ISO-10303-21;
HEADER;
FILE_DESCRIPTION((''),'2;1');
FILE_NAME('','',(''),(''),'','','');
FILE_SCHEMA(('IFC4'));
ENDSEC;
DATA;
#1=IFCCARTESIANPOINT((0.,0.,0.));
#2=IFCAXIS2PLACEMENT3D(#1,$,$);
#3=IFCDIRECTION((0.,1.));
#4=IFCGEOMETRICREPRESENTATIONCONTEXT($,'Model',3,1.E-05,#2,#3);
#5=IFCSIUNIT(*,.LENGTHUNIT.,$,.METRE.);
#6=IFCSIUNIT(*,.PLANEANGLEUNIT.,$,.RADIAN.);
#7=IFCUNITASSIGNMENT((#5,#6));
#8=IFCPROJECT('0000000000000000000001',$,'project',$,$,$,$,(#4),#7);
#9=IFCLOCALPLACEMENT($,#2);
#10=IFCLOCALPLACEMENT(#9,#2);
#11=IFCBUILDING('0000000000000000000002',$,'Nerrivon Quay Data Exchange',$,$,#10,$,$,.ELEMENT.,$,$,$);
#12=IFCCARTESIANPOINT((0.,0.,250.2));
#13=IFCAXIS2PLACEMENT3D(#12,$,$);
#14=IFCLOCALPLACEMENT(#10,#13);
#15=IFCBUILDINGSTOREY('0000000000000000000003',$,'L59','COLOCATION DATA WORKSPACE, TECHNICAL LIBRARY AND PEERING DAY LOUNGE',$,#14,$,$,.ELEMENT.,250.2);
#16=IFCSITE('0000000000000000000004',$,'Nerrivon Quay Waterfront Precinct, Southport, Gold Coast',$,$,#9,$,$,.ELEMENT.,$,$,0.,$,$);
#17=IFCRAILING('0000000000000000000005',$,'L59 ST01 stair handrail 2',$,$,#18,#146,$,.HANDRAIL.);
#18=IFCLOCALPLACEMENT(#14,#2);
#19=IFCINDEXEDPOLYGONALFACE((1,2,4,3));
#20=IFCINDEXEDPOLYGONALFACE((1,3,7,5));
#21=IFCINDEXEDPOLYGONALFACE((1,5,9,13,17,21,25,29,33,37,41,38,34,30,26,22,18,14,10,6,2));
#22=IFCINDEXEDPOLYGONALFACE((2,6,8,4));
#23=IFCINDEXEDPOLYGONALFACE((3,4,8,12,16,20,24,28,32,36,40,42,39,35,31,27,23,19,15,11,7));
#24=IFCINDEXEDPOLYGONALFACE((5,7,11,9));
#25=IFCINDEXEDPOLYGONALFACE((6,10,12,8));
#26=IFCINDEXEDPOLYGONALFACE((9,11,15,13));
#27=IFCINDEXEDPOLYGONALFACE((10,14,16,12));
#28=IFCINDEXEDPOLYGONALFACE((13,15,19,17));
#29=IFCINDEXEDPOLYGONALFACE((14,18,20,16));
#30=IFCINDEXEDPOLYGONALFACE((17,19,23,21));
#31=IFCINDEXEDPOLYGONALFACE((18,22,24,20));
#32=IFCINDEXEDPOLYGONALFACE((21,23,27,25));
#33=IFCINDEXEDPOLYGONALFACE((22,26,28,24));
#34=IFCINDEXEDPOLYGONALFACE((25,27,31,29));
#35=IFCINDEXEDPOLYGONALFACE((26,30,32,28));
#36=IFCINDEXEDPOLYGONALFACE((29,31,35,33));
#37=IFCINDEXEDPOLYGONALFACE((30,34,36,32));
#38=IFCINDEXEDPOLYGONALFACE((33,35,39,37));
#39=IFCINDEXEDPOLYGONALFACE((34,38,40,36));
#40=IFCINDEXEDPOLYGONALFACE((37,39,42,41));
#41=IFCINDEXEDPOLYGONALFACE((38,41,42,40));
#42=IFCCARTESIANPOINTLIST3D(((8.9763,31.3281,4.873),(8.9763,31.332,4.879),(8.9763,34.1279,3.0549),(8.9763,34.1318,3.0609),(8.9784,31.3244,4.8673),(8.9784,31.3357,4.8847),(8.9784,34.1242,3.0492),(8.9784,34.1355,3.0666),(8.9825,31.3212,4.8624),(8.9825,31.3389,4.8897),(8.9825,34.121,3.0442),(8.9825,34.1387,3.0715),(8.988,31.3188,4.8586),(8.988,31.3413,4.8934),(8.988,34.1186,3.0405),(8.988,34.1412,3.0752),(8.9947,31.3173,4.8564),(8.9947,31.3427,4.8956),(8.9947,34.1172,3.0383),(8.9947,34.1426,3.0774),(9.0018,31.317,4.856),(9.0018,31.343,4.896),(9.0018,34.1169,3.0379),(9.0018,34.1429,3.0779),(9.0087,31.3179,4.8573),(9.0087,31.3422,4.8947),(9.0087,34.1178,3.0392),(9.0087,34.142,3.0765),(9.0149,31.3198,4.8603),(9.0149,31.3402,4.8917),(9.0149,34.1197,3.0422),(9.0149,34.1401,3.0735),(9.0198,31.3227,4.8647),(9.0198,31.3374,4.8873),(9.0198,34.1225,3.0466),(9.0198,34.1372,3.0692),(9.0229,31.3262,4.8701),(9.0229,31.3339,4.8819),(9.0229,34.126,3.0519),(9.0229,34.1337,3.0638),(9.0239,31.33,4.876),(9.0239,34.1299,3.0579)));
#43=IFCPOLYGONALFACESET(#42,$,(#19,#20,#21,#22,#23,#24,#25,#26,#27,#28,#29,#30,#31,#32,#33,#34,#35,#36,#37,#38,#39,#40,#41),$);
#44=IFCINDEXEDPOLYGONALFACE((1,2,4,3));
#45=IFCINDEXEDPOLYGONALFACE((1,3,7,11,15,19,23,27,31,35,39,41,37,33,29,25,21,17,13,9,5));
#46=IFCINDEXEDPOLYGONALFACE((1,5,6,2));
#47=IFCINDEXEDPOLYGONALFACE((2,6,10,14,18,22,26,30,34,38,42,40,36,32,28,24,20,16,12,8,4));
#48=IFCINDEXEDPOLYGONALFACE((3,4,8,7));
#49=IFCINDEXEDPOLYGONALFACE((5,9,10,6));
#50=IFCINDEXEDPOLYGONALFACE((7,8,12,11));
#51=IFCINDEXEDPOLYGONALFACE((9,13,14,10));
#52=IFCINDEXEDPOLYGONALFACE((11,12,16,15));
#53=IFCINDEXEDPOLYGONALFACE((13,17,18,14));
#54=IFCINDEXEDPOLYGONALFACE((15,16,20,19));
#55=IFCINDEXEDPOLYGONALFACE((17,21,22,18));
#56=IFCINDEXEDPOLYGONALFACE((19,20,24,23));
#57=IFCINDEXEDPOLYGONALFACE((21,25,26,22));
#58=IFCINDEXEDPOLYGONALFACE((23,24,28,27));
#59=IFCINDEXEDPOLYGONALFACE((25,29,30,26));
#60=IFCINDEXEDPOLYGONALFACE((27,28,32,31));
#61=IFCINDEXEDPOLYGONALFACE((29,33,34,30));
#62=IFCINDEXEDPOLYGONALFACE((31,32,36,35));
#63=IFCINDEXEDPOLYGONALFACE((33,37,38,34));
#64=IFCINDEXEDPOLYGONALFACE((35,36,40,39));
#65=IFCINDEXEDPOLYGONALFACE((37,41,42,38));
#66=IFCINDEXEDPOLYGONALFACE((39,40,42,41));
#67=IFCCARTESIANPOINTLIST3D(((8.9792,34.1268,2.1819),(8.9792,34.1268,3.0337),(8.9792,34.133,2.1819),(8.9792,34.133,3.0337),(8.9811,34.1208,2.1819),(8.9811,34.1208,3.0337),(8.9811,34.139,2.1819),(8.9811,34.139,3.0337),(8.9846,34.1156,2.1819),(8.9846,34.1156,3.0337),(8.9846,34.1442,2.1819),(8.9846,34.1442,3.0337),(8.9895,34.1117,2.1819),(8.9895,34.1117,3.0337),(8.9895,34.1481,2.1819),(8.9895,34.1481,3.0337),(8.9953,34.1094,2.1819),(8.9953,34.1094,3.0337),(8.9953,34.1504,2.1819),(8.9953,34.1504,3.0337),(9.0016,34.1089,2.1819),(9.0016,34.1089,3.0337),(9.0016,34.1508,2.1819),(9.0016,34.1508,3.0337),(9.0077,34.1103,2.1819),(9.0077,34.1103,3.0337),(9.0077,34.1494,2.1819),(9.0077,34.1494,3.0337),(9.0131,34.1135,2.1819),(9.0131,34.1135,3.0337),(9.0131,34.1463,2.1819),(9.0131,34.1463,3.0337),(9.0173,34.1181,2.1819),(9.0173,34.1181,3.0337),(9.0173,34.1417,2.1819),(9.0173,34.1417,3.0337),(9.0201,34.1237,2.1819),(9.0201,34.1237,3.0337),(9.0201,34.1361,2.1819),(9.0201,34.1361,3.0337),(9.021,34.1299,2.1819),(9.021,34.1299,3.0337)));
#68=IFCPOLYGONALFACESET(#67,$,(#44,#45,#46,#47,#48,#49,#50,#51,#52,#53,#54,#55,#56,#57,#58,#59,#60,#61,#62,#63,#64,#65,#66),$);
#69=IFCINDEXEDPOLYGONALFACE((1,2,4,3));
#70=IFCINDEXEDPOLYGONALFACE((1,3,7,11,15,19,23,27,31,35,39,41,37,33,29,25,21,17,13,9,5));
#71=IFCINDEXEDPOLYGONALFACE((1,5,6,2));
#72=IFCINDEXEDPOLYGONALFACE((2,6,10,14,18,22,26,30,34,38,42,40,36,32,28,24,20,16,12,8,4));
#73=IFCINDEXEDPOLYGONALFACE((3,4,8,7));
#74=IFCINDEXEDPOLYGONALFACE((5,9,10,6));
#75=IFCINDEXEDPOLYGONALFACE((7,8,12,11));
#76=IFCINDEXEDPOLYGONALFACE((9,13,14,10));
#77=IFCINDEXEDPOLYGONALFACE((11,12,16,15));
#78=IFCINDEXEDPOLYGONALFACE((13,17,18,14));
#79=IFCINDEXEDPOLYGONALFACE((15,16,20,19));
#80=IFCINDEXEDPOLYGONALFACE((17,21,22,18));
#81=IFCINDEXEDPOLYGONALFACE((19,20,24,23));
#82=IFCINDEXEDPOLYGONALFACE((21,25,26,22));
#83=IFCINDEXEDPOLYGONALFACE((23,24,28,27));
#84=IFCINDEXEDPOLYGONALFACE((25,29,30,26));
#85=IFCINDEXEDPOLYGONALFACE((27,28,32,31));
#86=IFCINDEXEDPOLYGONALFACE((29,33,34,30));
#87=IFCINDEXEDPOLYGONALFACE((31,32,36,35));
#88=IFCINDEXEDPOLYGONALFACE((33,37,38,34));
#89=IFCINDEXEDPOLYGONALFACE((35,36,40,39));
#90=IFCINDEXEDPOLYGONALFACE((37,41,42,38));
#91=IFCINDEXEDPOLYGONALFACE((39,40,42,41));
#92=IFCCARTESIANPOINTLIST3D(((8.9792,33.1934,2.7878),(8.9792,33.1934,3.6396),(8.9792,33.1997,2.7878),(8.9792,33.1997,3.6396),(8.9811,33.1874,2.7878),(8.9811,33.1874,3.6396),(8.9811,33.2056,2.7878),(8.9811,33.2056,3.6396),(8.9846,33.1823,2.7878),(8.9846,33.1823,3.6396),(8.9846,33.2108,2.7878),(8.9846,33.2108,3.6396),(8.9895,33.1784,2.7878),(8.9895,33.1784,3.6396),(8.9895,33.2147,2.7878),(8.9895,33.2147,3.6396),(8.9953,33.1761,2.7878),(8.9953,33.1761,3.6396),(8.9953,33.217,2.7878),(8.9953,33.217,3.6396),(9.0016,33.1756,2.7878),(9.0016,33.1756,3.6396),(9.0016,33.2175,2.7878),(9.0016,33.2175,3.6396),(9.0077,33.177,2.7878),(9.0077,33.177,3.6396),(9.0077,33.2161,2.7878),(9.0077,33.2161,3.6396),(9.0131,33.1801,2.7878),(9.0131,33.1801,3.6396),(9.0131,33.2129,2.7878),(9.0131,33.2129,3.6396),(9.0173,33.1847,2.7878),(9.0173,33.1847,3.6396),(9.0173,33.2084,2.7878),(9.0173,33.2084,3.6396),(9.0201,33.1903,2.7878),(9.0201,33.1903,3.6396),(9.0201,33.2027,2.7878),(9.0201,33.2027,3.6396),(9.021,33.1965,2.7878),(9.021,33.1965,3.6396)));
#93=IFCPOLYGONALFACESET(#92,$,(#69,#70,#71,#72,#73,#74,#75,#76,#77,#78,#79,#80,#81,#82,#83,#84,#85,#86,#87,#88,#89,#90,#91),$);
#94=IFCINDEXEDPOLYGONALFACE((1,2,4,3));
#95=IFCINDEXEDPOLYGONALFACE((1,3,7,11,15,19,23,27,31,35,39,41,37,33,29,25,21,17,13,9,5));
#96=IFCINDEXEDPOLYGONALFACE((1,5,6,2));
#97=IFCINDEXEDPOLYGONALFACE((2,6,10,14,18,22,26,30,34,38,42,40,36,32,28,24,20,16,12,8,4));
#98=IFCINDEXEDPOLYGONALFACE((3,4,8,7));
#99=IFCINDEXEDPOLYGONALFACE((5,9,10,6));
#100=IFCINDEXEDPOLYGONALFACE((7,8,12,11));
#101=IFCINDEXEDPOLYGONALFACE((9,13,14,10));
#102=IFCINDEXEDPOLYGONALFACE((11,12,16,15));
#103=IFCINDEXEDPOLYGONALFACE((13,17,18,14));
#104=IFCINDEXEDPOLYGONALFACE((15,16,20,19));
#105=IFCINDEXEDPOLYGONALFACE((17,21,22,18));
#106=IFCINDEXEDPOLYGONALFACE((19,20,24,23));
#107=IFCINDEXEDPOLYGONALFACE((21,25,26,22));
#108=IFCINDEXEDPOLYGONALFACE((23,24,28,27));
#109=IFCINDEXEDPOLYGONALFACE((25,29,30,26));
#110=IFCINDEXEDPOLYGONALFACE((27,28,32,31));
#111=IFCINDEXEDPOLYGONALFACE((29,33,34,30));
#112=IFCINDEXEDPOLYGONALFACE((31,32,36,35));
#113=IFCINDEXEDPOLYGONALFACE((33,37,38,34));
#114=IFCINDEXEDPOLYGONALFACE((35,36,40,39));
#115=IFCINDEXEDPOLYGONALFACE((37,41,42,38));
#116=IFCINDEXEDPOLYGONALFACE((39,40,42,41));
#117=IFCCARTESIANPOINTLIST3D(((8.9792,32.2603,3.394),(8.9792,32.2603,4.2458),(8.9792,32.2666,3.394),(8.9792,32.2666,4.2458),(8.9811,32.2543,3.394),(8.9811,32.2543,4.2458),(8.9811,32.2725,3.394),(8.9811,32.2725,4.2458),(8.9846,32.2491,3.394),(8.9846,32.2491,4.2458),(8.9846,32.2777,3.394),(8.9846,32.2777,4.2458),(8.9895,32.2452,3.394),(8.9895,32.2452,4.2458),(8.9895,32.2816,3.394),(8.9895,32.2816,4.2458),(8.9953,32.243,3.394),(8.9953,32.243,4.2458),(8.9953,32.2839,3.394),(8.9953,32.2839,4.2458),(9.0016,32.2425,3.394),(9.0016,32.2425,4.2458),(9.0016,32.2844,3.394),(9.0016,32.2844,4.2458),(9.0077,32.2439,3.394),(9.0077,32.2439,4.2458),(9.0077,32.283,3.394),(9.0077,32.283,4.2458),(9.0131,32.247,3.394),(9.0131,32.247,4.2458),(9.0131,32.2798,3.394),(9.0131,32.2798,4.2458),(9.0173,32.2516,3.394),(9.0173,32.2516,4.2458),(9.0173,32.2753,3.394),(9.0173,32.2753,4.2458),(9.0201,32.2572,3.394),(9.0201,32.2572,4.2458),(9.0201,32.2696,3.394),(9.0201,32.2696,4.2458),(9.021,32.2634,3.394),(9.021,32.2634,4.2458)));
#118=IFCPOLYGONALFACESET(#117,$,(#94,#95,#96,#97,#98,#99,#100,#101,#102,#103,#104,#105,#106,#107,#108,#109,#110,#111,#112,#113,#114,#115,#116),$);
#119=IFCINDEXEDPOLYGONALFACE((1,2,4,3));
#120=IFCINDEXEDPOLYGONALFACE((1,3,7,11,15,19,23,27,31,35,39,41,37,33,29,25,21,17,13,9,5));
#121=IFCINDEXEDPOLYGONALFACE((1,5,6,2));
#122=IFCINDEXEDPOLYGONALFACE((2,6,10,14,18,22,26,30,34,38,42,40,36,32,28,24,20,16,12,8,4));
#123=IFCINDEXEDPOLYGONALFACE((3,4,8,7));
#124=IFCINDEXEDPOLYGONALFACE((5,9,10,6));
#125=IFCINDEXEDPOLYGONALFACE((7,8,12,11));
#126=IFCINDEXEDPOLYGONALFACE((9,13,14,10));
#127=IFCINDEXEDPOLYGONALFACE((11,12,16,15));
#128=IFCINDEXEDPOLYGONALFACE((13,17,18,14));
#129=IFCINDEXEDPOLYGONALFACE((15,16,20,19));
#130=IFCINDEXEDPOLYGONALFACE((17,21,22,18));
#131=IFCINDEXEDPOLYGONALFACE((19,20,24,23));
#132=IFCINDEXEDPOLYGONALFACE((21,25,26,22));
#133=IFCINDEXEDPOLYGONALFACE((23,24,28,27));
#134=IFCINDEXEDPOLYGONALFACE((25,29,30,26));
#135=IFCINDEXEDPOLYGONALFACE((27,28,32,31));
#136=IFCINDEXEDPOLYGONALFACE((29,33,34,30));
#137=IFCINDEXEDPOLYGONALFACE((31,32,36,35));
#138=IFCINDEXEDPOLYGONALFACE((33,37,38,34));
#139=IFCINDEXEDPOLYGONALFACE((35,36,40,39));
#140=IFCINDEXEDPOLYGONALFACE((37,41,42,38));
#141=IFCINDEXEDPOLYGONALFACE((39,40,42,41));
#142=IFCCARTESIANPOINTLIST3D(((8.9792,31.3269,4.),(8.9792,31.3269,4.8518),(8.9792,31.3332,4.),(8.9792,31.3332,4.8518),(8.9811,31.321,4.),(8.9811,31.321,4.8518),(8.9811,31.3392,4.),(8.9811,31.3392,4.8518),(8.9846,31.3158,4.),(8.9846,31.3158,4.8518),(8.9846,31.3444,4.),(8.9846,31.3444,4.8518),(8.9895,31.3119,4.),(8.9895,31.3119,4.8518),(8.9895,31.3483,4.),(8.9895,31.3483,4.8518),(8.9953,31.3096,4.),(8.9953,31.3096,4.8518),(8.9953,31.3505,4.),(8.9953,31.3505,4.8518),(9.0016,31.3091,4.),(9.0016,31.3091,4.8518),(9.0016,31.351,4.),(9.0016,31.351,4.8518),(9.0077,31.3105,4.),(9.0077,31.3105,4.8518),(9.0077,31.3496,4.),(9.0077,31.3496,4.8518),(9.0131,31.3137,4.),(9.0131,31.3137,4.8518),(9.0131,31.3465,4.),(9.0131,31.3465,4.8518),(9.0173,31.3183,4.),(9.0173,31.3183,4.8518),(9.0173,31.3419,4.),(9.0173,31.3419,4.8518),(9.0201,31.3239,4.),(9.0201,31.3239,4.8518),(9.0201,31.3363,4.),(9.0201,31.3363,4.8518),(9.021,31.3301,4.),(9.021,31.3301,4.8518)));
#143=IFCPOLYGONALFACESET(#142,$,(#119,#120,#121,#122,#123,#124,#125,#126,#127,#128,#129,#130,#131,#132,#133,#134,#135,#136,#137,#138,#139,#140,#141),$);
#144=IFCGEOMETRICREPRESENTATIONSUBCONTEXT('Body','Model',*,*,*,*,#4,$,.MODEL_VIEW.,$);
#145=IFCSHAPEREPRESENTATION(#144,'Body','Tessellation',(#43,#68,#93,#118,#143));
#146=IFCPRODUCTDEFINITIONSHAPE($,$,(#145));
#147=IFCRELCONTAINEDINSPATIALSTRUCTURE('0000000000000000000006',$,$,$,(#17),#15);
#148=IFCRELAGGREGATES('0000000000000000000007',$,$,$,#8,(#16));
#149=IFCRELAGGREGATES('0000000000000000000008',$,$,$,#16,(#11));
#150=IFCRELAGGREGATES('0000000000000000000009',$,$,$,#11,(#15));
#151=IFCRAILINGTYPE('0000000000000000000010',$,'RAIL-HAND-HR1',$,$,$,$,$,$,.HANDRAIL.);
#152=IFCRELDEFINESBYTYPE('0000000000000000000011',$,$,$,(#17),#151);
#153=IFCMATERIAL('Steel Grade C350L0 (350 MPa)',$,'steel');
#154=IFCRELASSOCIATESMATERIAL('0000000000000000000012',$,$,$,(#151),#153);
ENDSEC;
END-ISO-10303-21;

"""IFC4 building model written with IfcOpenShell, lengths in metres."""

from ifc_helpers import new_model, si_unit, direction, frame, origin, origin_2d, place, context, subcontext, project, spatial, circle, extrude, material, type_object, element, save


model = new_model("IFC4")

# Units and contexts
model_context = context("Model", 3, precision=1e-05, world=origin(), true_north=direction((0.0, 1.0)))
body_context = subcontext(model_context, "Body", "Model", "MODEL_VIEW")
ifc_project = project(units=[si_unit("LENGTHUNIT", "METRE"), si_unit("PLANEANGLEUNIT", "RADIAN")], contexts=[model_context])

# Site, building, storey
site_placement = place(None, origin())
site = spatial("IfcSite", under=ifc_project, at=site_placement, Name="Nerrivon Quay Waterfront Precinct, Southport, Gold Coast", CompositionType="ELEMENT", RefElevation=0.0)
building_placement = place(site_placement, origin())
building = spatial("IfcBuilding", under=site, at=building_placement, Name="Nerrivon Quay Data Exchange", CompositionType="ELEMENT")
storey_placement = place(building_placement, frame((0.0, 0.0, 250.2)))
storey = spatial("IfcBuildingStorey", under=building, at=storey_placement, Name="L59", Description="COLOCATION DATA WORKSPACE, TECHNICAL LIBRARY AND PEERING DAY LOUNGE", CompositionType="ELEMENT", Elevation=250.2)

# Shared definitions
ifc_material_1 = material(Name="Steel Grade C350L0 (350 MPa)", Category="steel")

# Railing
railing_type_1 = type_object("IfcRailingType", Name="RAIL-HAND-HR1", PredefinedType="HANDRAIL", material=ifc_material_1)
railing_1_placement = place(storey_placement, frame((9.0, 34.1299, 2.1819)))
element("IfcRailing", 1, at=railing_1_placement, inside=storey, type_object=railing_type_1, Name="L59 ST01 stair handrail 2", PredefinedType="HANDRAIL", context=body_context, shape_type="SweptSolid", body=[
    extrude(circle(Radius=0.0239, at=origin_2d()), frame((0.0, 0.0, 0.876), z_axis=(0.0, -0.838684, 0.544618), x_axis=(1.0, 0.0, 0.0)), (0.0, 0.0, 1.0), 3.3384),
    extrude(circle(Radius=0.021, at=origin_2d()), origin(), (0.0, 0.0, 1.0), 0.8518),
    extrude(circle(Radius=0.021, at=origin_2d()), frame((0.0, -0.9333, 0.606)), (0.0, 0.0, 1.0), 0.8518),
    extrude(circle(Radius=0.021, at=origin_2d()), frame((0.0, -1.8665, 1.2122)), (0.0, 0.0, 1.0), 0.8518),
    extrude(circle(Radius=0.021, at=origin_2d()), frame((0.0, -2.7998, 1.8181)), (0.0, 0.0, 1.0), 0.8518),
])

save(model, "model.ifc")
